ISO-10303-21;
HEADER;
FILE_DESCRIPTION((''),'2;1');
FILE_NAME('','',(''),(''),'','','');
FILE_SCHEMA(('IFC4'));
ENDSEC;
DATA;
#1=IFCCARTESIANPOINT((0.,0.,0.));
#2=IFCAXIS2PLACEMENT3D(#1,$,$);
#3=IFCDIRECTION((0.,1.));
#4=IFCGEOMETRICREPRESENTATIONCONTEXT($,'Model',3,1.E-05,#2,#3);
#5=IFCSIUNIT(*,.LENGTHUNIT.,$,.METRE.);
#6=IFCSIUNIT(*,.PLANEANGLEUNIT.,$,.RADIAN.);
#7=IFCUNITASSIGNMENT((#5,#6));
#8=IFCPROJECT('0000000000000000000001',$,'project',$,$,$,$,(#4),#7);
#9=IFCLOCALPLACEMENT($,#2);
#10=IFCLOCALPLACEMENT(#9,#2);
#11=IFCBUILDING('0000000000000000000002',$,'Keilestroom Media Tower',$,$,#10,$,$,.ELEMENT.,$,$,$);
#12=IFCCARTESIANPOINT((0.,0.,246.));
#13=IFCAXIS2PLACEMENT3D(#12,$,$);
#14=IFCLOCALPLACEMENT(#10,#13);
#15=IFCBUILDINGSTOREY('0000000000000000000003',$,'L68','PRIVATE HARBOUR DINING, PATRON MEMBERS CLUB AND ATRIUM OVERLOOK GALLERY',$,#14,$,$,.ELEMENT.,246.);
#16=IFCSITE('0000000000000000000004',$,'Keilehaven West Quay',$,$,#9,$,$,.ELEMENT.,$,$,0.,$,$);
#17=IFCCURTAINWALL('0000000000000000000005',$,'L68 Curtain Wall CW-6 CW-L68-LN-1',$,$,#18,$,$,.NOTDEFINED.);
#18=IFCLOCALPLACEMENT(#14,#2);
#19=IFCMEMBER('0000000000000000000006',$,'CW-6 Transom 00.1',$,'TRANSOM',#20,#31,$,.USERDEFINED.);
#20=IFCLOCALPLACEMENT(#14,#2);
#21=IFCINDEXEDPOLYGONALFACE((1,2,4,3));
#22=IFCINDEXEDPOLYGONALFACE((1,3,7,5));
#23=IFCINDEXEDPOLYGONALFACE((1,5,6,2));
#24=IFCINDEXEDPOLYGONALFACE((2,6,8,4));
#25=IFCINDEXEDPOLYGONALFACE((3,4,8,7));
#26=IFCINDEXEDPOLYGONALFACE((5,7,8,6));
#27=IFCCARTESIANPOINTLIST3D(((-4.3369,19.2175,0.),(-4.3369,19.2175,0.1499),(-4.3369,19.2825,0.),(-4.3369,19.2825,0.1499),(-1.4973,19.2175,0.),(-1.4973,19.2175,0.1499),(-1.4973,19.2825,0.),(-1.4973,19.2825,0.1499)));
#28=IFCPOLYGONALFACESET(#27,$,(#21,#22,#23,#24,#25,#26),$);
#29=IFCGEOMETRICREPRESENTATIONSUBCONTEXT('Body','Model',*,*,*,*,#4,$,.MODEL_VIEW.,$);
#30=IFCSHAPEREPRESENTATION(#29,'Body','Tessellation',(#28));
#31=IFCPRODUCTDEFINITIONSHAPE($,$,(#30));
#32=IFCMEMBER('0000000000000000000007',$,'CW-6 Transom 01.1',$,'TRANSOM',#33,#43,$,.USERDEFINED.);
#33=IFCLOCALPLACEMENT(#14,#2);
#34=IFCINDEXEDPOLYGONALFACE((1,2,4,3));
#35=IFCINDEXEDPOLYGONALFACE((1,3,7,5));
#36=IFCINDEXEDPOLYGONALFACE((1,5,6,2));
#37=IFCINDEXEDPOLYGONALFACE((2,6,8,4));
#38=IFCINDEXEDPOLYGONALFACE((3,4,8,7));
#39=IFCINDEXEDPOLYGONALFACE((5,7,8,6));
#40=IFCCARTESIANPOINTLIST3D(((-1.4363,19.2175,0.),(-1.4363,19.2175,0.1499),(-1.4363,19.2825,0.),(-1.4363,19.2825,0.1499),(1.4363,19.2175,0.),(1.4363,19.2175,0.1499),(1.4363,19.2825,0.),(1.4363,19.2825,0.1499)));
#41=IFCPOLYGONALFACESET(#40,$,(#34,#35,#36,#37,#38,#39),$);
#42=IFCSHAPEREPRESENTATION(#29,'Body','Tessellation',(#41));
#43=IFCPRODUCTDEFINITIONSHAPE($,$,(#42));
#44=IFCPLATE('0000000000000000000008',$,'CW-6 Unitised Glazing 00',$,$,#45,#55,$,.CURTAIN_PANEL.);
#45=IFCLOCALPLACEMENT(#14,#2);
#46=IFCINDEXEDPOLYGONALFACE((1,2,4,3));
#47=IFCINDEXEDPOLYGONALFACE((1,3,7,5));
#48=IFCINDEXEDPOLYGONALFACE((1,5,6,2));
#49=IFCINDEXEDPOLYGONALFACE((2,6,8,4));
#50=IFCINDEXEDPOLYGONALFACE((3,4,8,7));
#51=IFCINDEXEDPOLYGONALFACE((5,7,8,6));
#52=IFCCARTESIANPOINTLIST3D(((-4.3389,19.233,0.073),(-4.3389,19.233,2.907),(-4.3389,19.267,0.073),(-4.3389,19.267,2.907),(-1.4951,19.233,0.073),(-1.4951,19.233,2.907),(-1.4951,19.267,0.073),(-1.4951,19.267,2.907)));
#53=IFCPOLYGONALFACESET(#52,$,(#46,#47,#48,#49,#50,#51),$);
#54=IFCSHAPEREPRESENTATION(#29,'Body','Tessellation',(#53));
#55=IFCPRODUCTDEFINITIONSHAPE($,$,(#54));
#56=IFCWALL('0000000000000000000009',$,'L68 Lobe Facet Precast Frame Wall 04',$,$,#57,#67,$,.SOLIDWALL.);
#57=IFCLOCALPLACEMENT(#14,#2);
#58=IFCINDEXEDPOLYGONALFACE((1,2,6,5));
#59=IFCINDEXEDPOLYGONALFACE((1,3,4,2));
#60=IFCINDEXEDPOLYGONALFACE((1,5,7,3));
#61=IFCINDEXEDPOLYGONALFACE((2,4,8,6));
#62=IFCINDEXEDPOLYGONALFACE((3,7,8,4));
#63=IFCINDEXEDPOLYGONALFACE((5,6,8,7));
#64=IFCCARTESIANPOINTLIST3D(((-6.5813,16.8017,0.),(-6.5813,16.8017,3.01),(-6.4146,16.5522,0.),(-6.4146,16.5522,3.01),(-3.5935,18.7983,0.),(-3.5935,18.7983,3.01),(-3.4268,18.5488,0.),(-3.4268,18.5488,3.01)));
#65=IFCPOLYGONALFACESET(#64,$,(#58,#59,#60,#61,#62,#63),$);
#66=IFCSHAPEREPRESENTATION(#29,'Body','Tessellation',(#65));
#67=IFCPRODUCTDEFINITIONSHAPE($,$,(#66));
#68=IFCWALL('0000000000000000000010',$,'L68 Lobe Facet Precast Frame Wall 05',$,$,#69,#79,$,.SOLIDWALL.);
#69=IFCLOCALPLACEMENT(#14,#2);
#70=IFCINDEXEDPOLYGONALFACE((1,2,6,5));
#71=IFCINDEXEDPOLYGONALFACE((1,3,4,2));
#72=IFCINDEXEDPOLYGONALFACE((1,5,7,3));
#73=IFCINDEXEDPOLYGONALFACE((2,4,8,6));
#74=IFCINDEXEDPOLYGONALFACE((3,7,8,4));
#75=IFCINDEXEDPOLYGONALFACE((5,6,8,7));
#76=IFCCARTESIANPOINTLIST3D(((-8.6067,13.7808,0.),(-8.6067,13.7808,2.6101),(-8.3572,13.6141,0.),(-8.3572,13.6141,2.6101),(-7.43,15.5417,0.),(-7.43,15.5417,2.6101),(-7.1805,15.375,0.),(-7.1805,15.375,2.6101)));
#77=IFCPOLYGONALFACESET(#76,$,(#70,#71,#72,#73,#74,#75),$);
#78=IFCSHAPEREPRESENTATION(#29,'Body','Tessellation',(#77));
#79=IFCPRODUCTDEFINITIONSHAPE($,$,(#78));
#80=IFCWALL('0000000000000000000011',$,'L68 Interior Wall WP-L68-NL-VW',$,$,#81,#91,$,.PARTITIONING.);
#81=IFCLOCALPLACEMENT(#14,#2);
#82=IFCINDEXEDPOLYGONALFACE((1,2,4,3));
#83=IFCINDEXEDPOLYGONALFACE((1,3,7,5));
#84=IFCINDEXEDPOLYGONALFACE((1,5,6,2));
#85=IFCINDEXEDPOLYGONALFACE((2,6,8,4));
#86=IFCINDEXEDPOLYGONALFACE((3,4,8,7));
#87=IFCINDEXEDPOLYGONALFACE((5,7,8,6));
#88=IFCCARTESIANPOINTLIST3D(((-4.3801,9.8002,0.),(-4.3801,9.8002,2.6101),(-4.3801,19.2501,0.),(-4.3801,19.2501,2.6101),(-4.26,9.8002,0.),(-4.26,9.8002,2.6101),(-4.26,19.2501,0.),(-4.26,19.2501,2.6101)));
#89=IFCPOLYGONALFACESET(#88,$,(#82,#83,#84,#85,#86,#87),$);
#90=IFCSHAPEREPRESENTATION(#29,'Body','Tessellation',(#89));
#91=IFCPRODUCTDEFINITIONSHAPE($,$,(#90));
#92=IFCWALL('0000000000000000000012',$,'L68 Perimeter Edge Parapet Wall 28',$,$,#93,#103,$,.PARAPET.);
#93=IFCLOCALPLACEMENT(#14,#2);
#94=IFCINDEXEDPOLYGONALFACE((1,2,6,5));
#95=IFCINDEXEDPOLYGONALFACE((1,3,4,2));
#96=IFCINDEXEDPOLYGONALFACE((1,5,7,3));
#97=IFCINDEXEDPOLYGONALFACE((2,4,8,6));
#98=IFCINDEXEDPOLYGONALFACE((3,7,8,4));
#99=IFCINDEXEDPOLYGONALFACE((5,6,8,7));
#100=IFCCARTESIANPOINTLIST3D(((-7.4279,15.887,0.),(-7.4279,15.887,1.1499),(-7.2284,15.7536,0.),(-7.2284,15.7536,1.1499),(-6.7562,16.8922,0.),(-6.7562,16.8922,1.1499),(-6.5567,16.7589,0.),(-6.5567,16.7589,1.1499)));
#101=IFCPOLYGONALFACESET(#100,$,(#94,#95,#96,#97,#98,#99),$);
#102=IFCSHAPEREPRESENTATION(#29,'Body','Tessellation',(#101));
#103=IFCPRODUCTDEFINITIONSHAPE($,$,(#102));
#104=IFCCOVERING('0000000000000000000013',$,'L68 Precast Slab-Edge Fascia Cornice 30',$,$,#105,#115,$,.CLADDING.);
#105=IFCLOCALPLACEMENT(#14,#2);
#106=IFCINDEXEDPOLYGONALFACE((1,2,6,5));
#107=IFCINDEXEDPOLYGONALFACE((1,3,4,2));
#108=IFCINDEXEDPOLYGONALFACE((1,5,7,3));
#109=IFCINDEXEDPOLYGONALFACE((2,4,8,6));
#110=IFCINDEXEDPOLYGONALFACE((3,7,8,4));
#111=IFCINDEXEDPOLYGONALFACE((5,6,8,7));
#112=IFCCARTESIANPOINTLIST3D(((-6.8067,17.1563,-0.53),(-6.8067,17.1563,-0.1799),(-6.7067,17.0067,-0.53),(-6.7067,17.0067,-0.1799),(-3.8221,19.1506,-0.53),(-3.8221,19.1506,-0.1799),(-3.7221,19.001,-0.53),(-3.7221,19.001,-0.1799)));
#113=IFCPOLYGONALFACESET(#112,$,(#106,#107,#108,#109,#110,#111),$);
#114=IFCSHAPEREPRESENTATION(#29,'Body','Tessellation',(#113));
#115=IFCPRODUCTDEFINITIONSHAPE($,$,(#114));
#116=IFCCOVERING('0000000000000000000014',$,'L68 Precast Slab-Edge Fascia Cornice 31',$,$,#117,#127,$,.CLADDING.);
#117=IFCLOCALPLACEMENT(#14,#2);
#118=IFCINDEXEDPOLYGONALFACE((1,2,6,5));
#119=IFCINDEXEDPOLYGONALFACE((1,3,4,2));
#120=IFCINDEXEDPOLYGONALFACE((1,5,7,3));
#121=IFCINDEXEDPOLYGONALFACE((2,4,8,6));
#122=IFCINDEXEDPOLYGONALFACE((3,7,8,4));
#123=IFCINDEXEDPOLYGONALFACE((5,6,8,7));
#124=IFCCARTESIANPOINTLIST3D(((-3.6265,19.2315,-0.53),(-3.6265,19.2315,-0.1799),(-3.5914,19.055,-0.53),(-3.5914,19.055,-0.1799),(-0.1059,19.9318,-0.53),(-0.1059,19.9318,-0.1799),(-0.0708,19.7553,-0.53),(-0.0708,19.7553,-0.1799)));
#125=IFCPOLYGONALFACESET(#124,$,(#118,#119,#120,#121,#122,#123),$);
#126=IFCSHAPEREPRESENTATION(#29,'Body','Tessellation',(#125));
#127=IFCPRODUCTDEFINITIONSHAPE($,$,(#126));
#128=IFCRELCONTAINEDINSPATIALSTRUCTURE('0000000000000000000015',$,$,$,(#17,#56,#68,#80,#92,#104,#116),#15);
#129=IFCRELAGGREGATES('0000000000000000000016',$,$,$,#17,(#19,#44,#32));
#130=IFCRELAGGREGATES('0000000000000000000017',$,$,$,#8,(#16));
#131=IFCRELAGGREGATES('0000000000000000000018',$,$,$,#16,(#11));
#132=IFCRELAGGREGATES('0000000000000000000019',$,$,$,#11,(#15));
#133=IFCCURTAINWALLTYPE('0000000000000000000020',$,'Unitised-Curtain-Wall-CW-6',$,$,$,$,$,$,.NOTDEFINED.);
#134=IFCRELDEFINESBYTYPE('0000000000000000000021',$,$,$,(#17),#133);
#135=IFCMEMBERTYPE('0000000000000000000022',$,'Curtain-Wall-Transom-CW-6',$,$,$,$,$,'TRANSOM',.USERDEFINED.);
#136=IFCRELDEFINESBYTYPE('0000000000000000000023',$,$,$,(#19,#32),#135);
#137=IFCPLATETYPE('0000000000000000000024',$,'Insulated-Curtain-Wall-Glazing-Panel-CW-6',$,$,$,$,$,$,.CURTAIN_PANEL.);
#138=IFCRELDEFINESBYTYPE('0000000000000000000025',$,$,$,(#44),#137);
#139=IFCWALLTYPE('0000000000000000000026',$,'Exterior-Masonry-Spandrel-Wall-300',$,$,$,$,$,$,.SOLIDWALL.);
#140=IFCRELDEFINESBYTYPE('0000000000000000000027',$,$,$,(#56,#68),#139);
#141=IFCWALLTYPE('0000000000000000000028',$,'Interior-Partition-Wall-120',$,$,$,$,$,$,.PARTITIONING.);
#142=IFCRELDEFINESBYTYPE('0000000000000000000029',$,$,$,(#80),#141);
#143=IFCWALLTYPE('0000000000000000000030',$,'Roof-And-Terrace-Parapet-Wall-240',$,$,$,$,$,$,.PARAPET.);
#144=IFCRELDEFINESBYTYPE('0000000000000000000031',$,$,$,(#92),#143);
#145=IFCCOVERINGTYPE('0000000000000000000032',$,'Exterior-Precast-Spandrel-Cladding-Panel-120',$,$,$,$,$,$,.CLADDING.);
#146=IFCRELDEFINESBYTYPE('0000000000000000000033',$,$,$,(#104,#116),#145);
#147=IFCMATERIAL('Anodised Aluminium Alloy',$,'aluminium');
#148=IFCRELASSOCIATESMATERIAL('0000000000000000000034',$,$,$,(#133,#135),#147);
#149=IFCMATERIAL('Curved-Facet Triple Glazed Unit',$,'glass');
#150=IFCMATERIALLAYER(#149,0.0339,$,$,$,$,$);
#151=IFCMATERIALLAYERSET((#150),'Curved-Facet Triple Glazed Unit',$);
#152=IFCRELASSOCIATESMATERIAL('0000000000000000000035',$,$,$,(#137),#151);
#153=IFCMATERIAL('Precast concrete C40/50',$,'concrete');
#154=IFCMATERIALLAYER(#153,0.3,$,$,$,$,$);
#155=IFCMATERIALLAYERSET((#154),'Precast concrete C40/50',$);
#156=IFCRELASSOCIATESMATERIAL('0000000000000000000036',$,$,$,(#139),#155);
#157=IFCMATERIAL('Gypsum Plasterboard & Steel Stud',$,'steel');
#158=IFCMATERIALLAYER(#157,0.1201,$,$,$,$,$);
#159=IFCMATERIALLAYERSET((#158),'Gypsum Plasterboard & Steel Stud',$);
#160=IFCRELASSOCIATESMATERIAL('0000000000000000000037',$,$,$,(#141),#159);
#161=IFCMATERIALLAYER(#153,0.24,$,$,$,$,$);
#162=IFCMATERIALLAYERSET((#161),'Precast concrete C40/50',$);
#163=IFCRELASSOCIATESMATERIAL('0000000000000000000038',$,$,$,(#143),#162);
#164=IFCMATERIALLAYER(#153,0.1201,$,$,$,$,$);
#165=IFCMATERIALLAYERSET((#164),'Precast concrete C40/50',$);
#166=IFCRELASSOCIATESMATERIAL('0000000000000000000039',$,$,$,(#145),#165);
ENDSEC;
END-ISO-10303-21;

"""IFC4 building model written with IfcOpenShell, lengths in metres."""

from ifc_helpers import new_model, si_unit, direction, frame, frame_2d, origin, origin_2d, place, context, subcontext, project, spatial, rectangle, extrude, source, transform, mapped, material, layer, layer_set, material_profile, profile_set, type_object, element, aggregate, save


model = new_model("IFC4")

# Units and contexts
model_context = context("Model", 3, precision=1e-05, world=origin(), true_north=direction((0.0, 1.0)))
body_context = subcontext(model_context, "Body", "Model", "MODEL_VIEW")
ifc_project = project(units=[si_unit("LENGTHUNIT", "METRE"), si_unit("PLANEANGLEUNIT", "RADIAN")], contexts=[model_context])

# Site, building, storey
site_placement = place(None, origin())
site = spatial("IfcSite", under=ifc_project, at=site_placement, Name="Keilehaven West Quay", CompositionType="ELEMENT", RefElevation=0.0)
building_placement = place(site_placement, origin())
building = spatial("IfcBuilding", under=site, at=building_placement, Name="Keilestroom Media Tower", CompositionType="ELEMENT")
storey_placement = place(building_placement, frame((0.0, 0.0, 246.0)))
storey = spatial("IfcBuildingStorey", under=building, at=storey_placement, Name="L68", Description="PRIVATE HARBOUR DINING, PATRON MEMBERS CLUB AND ATRIUM OVERLOOK GALLERY", CompositionType="ELEMENT", Elevation=246.0)

# Curtain wall, members, plate
ifc_material_1 = material(Name="Anodised Aluminium Alloy", Category="aluminium")
curtain_wall_type = type_object("IfcCurtainWallType", Name="Unitised-Curtain-Wall-CW-6", PredefinedType="NOTDEFINED", material=ifc_material_1)
curtain_wall_placement = place(storey_placement, origin())
curtain_wall = element("IfcCurtainWall", 1, at=curtain_wall_placement, inside=storey, type_object=curtain_wall_type, Name="L68 Curtain Wall CW-6 CW-L68-LN-1", PredefinedType="NOTDEFINED")
ifc_material_profile_1 = material_profile(ifc_material_1, rectangle(XDim=0.0649, YDim=0.1499, at=origin_2d()), Name="ALU TRANSOM 65x150")
ifc_profile_set_1 = profile_set([ifc_material_profile_1], Name="Anodised Aluminium Alloy")
member_type_1 = type_object("IfcMemberType", Name="Curtain-Wall-Transom-CW-6", ElementType="TRANSOM", PredefinedType="USERDEFINED", material=ifc_profile_set_1)
shared_shape_1 = source(origin(), body_context, "Body", "SweptSolid", [
    extrude(rectangle(XDim=0.0649, YDim=0.1499, at=origin_2d()), origin(), (0.0, 0.0, 1.0), 2.8396),
])
member_1_placement = place(storey_placement, frame((-4.3369, 19.25, 0.075), z_axis=(1.0, 0.0, 0.0), x_axis=(0.0, 1.0, 0.0)))
member_1 = element("IfcMember", 2, at=member_1_placement, type_object=member_type_1, Name="CW-6 Transom 00.1", ObjectType="TRANSOM", PredefinedType="USERDEFINED", context=body_context, shape_type="MappedRepresentation", body=[
    mapped(shared_shape_1, transform((0.0, 0.0, 0.0), x_axis=(1.0, 0.0, 0.0), y_axis=(0.0, 1.0, 0.0), z_axis=(0.0, 0.0, 1.0), scale=1.0)),
])
shared_shape_2 = source(origin(), body_context, "Body", "SweptSolid", [
    extrude(rectangle(XDim=0.0649, YDim=0.1499, at=origin_2d()), origin(), (0.0, 0.0, 1.0), 2.8726),
])
member_2_placement = place(storey_placement, frame((-1.4363, 19.25, 0.075), z_axis=(1.0, 0.0, 0.0), x_axis=(0.0, 1.0, 0.0)))
member_2 = element("IfcMember", 3, at=member_2_placement, type_object=member_type_1, Name="CW-6 Transom 01.1", ObjectType="TRANSOM", PredefinedType="USERDEFINED", context=body_context, shape_type="MappedRepresentation", body=[
    mapped(shared_shape_2, transform((0.0, 0.0, 0.0), x_axis=(1.0, 0.0, 0.0), y_axis=(0.0, 1.0, 0.0), z_axis=(0.0, 0.0, 1.0), scale=1.0)),
])
ifc_material_2 = material(Name="Curved-Facet Triple Glazed Unit", Category="glass")
ifc_layer_1 = layer(ifc_material_2, 0.0339)
ifc_layer_set_1 = layer_set([ifc_layer_1], Name="Curved-Facet Triple Glazed Unit")
plate_type = type_object("IfcPlateType", Name="Insulated-Curtain-Wall-Glazing-Panel-CW-6", PredefinedType="CURTAIN_PANEL", material=ifc_layer_set_1)
shared_shape_3 = source(origin(), body_context, "Body", "SweptSolid", [
    extrude(rectangle(XDim=2.8438, YDim=0.0339, at=origin_2d()), origin(), (0.0, 0.0, 1.0), 2.834),
])
plate_placement = place(storey_placement, frame((-2.917, 19.25, 0.073), z_axis=(0.0, 0.0, 1.0), x_axis=(1.0, 0.0, 0.0)))
plate = element("IfcPlate", 4, at=plate_placement, type_object=plate_type, Name="CW-6 Unitised Glazing 00", PredefinedType="CURTAIN_PANEL", context=body_context, shape_type="MappedRepresentation", body=[
    mapped(shared_shape_3, transform((0.0, 0.0, 0.0), x_axis=(1.0, 0.0, 0.0), y_axis=(0.0, 1.0, 0.0), z_axis=(0.0, 0.0, 1.0), scale=1.0)),
])
aggregate(curtain_wall, [member_1, plate, member_2])

# Walls
ifc_material_3 = material(Name="Precast concrete C40/50", Category="concrete")
ifc_layer_2 = layer(ifc_material_3, 0.3)
ifc_layer_set_2 = layer_set([ifc_layer_2], Name="Precast concrete C40/50")
wall_type_1 = type_object("IfcWallType", Name="Exterior-Masonry-Spandrel-Wall-300", PredefinedType="SOLIDWALL", material=ifc_layer_set_2)
wall_1_placement = place(storey_placement, frame((-3.51, 18.6736, 0.0), z_axis=(0.0, 0.0, 1.0), x_axis=(-0.831444, -0.555609, 0.0)))
element("IfcWall", 5, at=wall_1_placement, inside=storey, type_object=wall_type_1, Name="L68 Lobe Facet Precast Frame Wall 04", PredefinedType="SOLIDWALL", context=body_context, shape_type="SweptSolid", body=[
    extrude(rectangle(XDim=3.5935, YDim=0.3, at=frame_2d((1.7969, 0.0))), origin(), (0.0, 0.0, 1.0), 3.01),
])
wall_2_placement = place(storey_placement, frame((-7.3052, 15.4585, 0.0), z_axis=(0.0, 0.0, 1.0), x_axis=(-0.555604, -0.831447, 0.0)))
element("IfcWall", 6, at=wall_2_placement, inside=storey, type_object=wall_type_1, Name="L68 Lobe Facet Precast Frame Wall 05", PredefinedType="SOLIDWALL", context=body_context, shape_type="SweptSolid", body=[
    extrude(rectangle(XDim=2.1179, YDim=0.3, at=frame_2d((1.0591, 0.0))), origin(), (0.0, 0.0, 1.0), 2.6101),
])
ifc_material_4 = material(Name="Gypsum Plasterboard & Steel Stud", Category="steel")
ifc_layer_3 = layer(ifc_material_4, 0.1201)
ifc_layer_set_3 = layer_set([ifc_layer_3], Name="Gypsum Plasterboard & Steel Stud")
wall_type_2 = type_object("IfcWallType", Name="Interior-Partition-Wall-120", PredefinedType="PARTITIONING", material=ifc_layer_set_3)
wall_3_placement = place(storey_placement, frame((-4.3201, 9.8, 0.0), z_axis=(0.0, 0.0, 1.0), x_axis=(0.0, 1.0, 0.0)))
element("IfcWall", 7, at=wall_3_placement, inside=storey, type_object=wall_type_2, Name="L68 Interior Wall WP-L68-NL-VW", PredefinedType="PARTITIONING", context=body_context, shape_type="SweptSolid", body=[
    extrude(rectangle(XDim=9.45, YDim=0.1201, at=frame_2d((4.7251, 0.0))), origin(), (0.0, 0.0, 1.0), 2.6101),
])
ifc_layer_4 = layer(ifc_material_3, 0.24)
ifc_layer_set_4 = layer_set([ifc_layer_4], Name="Precast concrete C40/50")
wall_type_3 = type_object("IfcWallType", Name="Roof-And-Terrace-Parapet-Wall-240", PredefinedType="PARAPET", material=ifc_layer_set_4)
wall_4_placement = place(storey_placement, frame((-7.3281, 15.8203, 0.0), z_axis=(0.0, 0.0, 1.0), x_axis=(0.555585, 0.831459, 0.0)))
element("IfcWall", 8, at=wall_4_placement, inside=storey, type_object=wall_type_3, Name="L68 Perimeter Edge Parapet Wall 28", PredefinedType="PARAPET", context=body_context, shape_type="SweptSolid", body=[
    extrude(rectangle(XDim=1.209, YDim=0.24, at=frame_2d((0.6045, 0.0))), origin(), (0.0, 0.0, 1.0), 1.1499),
])

# Coverings
ifc_layer_5 = layer(ifc_material_3, 0.1201)
ifc_layer_set_5 = layer_set([ifc_layer_5], Name="Precast concrete C40/50")
covering_type = type_object("IfcCoveringType", Name="Exterior-Precast-Spandrel-Cladding-Panel-120", PredefinedType="CLADDING", material=ifc_layer_set_5)
shared_shape_4 = source(origin(), body_context, "Body", "SweptSolid", [
    extrude(rectangle(XDim=3.5896, YDim=0.1799, at=origin_2d()), origin(), (0.0, 0.0, 1.0), 0.3501),
])
for number, where, z_axis, x_axis, name in (
    (9, (-5.2644, 18.0786, -0.53), (0.0, 0.0, 1.0), (0.831467, 0.555575, 0.0), "L68 Precast Slab-Edge Fascia Cornice 30"),
    (10, (-1.8486, 19.4934, -0.53), (0.0, 0.0, 1.0), (0.980784, 0.195099, 0.0), "L68 Precast Slab-Edge Fascia Cornice 31"),
):
    element("IfcCovering", number, at=place(storey_placement, frame(where, z_axis=z_axis, x_axis=x_axis)), inside=storey, type_object=covering_type, Name=name, PredefinedType="CLADDING", context=body_context, shape_type="MappedRepresentation", body=[
        mapped(shared_shape_4, transform((0.0, 0.0, 0.0), x_axis=(1.0, 0.0, 0.0), y_axis=(0.0, 1.0, 0.0), z_axis=(0.0, 0.0, 1.0), scale=1.0)),
    ])

save(model, "model.ifc")
